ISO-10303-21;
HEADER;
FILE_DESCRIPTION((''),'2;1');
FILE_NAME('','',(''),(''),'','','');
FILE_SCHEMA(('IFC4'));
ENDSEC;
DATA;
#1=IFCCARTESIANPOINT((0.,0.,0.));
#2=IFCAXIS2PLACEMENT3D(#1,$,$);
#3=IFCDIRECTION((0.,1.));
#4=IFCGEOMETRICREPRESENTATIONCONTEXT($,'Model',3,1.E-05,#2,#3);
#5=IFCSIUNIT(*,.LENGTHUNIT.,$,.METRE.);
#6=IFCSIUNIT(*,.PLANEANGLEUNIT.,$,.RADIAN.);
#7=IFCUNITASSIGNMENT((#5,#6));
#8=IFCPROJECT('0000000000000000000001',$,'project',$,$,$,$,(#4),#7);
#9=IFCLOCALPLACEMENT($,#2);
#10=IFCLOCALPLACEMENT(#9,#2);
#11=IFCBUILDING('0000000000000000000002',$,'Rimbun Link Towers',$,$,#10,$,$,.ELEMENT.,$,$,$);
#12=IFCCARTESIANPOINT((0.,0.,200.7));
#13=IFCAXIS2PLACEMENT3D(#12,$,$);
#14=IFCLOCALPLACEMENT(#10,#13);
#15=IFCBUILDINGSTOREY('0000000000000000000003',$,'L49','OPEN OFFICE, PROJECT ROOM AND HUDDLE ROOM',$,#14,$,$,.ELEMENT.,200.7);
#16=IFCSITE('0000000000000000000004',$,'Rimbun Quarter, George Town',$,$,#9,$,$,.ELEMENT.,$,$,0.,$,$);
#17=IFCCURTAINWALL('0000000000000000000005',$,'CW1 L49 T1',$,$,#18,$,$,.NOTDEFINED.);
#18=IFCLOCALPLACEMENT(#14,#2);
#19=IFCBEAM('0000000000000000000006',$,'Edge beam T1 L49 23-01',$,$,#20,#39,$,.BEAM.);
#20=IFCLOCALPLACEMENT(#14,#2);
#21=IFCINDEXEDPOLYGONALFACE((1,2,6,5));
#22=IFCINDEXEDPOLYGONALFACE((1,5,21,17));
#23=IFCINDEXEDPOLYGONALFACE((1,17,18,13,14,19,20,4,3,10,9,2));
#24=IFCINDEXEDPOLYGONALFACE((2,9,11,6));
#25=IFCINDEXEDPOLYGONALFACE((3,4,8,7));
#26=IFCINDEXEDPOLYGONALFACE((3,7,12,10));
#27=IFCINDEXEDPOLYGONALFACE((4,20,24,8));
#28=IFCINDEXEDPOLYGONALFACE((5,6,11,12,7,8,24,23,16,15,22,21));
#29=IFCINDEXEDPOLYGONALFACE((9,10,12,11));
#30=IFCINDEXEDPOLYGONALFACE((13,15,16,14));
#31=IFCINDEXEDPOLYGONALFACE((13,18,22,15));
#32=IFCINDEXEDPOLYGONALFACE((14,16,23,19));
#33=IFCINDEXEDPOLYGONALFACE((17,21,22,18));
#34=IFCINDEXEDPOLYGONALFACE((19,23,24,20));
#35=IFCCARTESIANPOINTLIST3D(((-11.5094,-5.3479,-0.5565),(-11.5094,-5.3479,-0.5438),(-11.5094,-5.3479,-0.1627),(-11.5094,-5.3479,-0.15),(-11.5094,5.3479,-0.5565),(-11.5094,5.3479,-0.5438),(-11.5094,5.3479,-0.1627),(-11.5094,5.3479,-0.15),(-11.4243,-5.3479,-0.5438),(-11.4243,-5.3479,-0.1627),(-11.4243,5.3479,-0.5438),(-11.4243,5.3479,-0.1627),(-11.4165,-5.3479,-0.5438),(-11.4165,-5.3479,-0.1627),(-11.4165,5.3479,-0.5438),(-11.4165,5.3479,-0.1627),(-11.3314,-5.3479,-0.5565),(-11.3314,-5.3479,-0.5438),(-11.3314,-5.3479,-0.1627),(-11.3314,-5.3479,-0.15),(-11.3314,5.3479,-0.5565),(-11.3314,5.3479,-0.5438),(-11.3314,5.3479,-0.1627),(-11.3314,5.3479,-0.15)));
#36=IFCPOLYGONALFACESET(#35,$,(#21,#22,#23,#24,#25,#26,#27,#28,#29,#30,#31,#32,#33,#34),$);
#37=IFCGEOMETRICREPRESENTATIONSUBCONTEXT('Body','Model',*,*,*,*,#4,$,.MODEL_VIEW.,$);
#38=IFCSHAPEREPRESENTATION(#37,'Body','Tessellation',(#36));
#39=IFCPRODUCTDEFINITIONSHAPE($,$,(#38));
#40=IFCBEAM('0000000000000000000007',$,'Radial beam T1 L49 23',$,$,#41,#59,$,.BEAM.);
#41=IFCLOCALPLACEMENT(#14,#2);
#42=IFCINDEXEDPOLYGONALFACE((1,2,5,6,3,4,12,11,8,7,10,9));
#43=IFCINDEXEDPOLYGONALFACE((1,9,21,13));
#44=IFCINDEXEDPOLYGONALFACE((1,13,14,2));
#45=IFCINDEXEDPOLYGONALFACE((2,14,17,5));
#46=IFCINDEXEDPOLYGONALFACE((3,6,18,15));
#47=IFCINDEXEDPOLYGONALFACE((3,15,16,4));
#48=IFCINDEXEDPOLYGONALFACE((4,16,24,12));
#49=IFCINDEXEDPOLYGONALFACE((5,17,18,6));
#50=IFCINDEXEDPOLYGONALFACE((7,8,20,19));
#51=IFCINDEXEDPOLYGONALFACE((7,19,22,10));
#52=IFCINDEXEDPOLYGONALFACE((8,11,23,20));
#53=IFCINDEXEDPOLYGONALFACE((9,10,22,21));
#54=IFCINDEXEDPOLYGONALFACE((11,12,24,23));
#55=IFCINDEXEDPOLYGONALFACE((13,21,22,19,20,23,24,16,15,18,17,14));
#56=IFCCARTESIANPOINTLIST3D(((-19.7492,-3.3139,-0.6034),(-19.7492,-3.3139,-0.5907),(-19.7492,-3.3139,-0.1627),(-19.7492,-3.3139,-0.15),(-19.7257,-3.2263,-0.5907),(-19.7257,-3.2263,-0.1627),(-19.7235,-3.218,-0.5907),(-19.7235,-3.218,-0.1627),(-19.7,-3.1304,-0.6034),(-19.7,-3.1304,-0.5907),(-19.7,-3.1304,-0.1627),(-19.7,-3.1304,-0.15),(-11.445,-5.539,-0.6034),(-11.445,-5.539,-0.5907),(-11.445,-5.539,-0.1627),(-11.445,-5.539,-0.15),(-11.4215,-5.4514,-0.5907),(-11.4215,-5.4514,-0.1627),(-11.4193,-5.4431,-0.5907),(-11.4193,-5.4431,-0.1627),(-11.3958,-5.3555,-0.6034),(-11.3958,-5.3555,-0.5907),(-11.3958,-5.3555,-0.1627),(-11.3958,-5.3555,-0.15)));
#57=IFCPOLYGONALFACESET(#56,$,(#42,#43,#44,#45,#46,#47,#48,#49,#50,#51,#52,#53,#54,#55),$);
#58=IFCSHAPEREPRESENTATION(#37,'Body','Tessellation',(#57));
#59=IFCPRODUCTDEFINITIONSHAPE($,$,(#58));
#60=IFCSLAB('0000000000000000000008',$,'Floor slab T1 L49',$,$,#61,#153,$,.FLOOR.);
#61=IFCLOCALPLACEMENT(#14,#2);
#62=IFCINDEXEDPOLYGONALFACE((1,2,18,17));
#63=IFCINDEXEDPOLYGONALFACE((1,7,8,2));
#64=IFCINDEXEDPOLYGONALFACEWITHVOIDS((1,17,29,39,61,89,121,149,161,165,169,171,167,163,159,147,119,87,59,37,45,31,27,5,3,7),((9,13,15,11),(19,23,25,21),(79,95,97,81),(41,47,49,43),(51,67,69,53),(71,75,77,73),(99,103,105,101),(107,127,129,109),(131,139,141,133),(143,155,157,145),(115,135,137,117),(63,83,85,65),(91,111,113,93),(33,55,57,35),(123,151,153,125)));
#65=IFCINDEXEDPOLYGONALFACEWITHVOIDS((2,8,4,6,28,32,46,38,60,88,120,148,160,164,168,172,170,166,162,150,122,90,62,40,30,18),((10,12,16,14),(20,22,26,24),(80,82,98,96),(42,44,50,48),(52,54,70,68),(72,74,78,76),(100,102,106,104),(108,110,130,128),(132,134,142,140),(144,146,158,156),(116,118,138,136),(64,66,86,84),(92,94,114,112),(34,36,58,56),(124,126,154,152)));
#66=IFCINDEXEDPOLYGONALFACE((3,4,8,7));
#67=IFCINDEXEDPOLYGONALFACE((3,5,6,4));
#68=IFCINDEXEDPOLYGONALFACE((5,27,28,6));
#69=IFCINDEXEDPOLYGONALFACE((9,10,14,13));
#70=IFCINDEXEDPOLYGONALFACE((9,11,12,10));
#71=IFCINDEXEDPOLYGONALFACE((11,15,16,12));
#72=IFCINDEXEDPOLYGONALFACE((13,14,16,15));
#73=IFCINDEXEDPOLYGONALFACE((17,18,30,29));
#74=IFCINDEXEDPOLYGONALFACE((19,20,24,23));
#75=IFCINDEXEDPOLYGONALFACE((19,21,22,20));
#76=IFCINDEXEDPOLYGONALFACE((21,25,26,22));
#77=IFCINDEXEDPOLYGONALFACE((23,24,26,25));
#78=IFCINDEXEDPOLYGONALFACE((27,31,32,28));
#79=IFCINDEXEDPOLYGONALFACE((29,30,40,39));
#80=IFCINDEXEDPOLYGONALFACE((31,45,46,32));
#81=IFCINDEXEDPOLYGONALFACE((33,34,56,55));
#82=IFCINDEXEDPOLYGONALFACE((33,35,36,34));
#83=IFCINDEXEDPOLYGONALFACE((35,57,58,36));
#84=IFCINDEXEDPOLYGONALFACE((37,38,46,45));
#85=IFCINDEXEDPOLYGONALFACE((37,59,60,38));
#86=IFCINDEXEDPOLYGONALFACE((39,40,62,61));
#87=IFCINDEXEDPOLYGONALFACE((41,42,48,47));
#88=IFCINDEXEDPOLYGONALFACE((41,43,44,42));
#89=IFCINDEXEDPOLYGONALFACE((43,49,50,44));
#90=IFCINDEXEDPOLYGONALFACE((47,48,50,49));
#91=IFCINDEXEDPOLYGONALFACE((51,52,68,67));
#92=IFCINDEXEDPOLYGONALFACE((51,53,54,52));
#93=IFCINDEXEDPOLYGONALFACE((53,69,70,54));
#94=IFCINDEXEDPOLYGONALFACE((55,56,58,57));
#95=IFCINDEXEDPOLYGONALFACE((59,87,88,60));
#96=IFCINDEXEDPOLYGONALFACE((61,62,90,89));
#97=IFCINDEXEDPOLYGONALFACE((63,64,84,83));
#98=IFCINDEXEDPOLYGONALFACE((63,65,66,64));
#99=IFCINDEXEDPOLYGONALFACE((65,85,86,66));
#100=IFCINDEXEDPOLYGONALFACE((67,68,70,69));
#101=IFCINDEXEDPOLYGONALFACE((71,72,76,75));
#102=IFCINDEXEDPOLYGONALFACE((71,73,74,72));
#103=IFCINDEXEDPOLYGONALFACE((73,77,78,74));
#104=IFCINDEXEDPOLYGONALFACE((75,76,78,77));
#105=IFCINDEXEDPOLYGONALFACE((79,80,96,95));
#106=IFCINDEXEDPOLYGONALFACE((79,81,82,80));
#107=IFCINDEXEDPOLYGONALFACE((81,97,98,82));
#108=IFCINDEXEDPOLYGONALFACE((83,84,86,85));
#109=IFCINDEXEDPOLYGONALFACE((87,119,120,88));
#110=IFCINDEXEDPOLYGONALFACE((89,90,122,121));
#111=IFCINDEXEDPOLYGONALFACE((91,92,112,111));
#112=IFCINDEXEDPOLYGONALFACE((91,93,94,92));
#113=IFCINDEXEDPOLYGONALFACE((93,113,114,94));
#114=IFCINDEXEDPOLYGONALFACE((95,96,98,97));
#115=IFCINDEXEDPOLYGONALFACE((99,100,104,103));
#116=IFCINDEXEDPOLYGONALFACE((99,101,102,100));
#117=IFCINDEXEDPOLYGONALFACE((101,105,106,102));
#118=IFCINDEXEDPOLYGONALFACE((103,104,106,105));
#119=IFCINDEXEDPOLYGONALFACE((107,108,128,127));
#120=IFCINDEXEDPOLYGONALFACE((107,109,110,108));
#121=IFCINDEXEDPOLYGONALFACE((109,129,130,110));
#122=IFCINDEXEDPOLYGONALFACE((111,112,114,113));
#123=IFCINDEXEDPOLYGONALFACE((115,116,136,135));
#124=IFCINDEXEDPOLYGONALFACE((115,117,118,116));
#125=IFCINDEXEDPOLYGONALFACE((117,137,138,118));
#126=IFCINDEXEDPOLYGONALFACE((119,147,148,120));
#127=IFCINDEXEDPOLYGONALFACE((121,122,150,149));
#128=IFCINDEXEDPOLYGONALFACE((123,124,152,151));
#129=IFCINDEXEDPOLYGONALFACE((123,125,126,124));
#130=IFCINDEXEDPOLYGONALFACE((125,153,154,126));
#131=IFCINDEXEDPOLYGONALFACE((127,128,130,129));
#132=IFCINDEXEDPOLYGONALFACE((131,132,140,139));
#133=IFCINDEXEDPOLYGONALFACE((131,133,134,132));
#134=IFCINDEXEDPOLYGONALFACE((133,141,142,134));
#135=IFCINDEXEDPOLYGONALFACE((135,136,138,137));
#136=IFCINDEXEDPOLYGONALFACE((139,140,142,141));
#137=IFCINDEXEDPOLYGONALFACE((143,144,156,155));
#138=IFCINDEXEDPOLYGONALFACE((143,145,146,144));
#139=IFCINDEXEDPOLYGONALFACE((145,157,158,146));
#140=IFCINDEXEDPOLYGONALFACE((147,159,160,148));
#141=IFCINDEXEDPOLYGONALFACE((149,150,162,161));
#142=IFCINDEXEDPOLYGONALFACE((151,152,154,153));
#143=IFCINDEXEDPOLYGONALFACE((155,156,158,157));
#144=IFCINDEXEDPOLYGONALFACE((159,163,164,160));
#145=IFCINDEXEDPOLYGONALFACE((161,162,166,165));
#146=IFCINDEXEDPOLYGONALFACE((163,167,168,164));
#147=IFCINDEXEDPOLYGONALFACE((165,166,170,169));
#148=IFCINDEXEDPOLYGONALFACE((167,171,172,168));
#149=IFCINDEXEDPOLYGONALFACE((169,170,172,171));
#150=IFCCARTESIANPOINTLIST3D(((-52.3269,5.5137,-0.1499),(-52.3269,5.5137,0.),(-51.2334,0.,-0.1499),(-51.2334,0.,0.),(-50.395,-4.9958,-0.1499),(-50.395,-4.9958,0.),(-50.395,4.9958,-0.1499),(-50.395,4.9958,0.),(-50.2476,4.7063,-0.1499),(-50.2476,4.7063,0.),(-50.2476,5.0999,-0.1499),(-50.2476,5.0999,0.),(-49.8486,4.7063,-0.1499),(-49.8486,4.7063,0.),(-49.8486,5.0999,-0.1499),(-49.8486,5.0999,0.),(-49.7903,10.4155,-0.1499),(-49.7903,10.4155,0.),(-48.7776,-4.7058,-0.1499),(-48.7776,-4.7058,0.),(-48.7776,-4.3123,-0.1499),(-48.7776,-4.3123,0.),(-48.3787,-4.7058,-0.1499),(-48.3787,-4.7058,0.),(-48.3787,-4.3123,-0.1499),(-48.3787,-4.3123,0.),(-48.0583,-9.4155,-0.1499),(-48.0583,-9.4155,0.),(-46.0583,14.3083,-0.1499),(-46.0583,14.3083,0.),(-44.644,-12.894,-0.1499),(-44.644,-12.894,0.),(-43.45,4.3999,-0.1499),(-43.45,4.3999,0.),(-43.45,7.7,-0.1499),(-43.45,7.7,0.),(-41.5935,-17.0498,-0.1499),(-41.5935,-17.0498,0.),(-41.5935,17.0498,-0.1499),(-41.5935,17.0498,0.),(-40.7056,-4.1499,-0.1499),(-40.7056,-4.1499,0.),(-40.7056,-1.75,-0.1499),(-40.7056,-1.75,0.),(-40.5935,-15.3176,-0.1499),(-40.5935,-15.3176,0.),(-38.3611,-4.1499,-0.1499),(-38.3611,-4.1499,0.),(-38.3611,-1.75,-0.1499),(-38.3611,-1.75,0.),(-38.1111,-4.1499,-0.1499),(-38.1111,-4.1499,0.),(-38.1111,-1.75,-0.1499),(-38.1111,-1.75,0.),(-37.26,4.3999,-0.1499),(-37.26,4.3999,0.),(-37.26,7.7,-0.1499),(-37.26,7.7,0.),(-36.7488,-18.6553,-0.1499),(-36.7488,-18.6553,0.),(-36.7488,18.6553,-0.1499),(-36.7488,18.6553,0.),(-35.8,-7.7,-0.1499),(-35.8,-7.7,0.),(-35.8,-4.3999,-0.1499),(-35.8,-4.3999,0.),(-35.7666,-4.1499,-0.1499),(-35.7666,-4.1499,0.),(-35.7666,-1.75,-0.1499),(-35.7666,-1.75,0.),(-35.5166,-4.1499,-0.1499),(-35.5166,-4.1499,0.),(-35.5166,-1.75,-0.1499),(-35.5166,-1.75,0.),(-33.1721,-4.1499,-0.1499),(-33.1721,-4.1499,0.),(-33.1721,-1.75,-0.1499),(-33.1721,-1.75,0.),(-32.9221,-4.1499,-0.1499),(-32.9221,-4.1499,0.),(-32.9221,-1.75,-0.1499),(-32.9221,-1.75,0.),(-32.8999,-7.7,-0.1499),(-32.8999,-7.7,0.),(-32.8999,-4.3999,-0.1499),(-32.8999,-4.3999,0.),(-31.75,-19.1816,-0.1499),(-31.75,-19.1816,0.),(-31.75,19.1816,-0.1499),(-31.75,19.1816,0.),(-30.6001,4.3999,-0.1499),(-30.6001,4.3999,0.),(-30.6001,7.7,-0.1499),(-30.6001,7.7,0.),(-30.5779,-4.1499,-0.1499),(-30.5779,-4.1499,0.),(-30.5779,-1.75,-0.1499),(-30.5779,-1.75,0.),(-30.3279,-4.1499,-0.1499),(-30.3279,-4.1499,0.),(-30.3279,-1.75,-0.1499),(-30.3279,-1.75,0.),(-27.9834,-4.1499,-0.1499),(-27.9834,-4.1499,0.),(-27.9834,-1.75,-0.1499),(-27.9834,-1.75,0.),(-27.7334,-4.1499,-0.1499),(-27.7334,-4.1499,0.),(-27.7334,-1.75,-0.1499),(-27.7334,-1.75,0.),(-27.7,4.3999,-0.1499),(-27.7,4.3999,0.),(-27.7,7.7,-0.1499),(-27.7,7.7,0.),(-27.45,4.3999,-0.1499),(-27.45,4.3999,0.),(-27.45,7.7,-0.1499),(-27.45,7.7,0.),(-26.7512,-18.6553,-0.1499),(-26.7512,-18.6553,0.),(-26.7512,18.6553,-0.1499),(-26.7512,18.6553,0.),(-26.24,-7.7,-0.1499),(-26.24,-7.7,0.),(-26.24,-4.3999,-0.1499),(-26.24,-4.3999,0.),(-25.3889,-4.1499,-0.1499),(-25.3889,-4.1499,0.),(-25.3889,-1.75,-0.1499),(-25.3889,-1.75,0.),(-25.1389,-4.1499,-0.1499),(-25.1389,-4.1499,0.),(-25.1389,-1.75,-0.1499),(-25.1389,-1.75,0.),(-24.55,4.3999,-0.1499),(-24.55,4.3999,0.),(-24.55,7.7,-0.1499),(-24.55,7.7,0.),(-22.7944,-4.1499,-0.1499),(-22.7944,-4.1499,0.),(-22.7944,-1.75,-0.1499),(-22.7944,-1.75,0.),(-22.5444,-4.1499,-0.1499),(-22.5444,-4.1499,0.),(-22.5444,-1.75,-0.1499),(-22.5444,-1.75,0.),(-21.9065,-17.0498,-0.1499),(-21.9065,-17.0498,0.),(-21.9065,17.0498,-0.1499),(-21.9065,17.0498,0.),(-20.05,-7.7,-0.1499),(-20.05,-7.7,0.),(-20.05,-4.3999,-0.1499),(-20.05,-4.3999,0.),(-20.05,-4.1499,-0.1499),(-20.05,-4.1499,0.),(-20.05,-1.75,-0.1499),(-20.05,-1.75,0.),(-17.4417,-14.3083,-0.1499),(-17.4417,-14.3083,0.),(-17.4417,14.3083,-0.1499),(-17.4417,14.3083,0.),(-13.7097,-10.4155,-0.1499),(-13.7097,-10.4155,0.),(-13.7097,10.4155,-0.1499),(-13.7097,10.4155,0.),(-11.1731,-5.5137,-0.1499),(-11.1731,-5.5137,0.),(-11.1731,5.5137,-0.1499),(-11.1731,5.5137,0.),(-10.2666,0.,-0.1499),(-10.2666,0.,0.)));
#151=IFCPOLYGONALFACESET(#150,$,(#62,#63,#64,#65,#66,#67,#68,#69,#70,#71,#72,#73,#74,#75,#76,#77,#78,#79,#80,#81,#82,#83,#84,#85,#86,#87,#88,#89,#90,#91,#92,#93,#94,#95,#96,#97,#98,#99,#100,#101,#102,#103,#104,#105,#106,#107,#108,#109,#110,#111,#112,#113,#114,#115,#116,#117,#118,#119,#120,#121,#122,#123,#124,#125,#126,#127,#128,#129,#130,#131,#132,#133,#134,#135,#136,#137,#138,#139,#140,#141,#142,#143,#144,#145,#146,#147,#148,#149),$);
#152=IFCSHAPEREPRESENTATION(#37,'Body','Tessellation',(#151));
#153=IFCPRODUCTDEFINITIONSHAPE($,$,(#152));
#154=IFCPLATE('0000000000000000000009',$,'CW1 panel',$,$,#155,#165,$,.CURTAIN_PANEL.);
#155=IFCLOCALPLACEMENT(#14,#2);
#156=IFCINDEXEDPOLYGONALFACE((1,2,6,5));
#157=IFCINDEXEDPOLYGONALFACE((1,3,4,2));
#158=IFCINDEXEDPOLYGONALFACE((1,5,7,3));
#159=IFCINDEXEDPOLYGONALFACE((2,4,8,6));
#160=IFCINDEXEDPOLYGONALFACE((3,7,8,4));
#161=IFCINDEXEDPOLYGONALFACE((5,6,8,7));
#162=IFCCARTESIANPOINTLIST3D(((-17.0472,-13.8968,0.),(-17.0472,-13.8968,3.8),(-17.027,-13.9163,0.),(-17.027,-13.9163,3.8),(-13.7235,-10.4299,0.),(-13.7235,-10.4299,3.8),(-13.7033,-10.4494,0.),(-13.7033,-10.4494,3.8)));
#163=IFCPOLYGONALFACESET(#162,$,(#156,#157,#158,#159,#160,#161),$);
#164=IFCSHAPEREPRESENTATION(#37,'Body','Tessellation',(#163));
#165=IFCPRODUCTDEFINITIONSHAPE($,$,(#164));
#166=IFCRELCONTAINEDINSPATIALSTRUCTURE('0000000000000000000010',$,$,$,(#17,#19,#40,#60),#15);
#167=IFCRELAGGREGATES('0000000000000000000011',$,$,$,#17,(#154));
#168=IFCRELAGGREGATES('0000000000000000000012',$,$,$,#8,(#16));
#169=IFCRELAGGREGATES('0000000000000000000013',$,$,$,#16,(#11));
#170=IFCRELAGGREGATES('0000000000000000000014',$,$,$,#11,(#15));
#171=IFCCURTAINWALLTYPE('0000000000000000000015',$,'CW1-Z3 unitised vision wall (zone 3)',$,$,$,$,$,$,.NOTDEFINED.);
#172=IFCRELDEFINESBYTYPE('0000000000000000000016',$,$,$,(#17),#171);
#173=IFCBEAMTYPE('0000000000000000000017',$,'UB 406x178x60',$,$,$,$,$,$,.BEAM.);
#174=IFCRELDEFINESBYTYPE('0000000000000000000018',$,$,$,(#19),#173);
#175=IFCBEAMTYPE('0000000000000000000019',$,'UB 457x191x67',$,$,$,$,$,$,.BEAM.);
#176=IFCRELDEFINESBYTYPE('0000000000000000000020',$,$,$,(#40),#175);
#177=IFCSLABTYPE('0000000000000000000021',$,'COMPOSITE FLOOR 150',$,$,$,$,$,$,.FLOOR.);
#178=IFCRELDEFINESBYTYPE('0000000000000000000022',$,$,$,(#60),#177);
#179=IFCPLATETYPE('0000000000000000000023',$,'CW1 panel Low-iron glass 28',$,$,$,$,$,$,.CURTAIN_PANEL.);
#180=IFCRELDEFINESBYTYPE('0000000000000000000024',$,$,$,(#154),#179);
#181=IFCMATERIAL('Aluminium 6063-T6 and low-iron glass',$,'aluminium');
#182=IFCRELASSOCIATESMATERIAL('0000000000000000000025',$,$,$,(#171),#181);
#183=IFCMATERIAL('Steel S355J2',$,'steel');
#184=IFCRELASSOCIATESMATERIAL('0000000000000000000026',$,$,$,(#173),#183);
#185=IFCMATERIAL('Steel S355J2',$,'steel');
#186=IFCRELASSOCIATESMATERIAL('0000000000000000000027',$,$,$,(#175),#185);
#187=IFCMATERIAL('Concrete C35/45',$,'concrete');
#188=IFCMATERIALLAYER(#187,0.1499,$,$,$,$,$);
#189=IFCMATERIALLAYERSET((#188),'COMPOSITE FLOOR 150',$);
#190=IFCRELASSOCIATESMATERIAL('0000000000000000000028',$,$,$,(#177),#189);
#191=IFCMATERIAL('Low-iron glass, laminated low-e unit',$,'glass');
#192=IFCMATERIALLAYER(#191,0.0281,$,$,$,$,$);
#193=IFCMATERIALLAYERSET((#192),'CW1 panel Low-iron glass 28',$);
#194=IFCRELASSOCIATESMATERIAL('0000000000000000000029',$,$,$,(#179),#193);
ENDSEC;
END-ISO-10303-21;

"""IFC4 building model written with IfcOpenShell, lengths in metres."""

from ifc_helpers import new_model, si_unit, direction, frame, origin, origin_2d, place, context, subcontext, project, spatial, polyline, rectangle, i_section, outline, extrude, material, layer, layer_set, material_profile, profile_set, type_object, element, aggregate, save


model = new_model("IFC4")

# Units and contexts
model_context = context("Model", 3, precision=1e-05, world=origin(), true_north=direction((0.0, 1.0)))
body_context = subcontext(model_context, "Body", "Model", "MODEL_VIEW")
ifc_project = project(units=[si_unit("LENGTHUNIT", "METRE"), si_unit("PLANEANGLEUNIT", "RADIAN")], contexts=[model_context])

# Site, building, storey
site_placement = place(None, origin())
site = spatial("IfcSite", under=ifc_project, at=site_placement, Name="Rimbun Quarter, George Town", CompositionType="ELEMENT", RefElevation=0.0)
building_placement = place(site_placement, origin())
building = spatial("IfcBuilding", under=site, at=building_placement, Name="Rimbun Link Towers", CompositionType="ELEMENT")
storey_placement = place(building_placement, frame((0.0, 0.0, 200.7)))
storey = spatial("IfcBuildingStorey", under=building, at=storey_placement, Name="L49", Description="OPEN OFFICE, PROJECT ROOM AND HUDDLE ROOM", CompositionType="ELEMENT", Elevation=200.7)

# Curtain wall
ifc_material_1 = material(Name="Aluminium 6063-T6 and low-iron glass", Category="aluminium")
curtain_wall_type = type_object("IfcCurtainWallType", Name="CW1-Z3 unitised vision wall (zone 3)", PredefinedType="NOTDEFINED", material=ifc_material_1)
curtain_wall_placement = place(storey_placement, origin())
curtain_wall = element("IfcCurtainWall", 1, at=curtain_wall_placement, inside=storey, type_object=curtain_wall_type, Name="CW1 L49 T1", PredefinedType="NOTDEFINED")

# Beams
ifc_material_2 = material(Name="Steel S355J2", Category="steel")
ifc_material_profile_1 = material_profile(ifc_material_2, i_section(OverallWidth=0.178, OverallDepth=0.4065, WebThickness=0.0078, FlangeThickness=0.0127, at=origin_2d()), Name="UB 406x178x60")
ifc_profile_set_1 = profile_set([ifc_material_profile_1], Name="Steel S355J2")
beam_type_1 = type_object("IfcBeamType", Name="UB 406x178x60", PredefinedType="BEAM", material=ifc_profile_set_1)
beam_1_placement = place(storey_placement, frame((-11.4204, -5.3479, -0.3533), z_axis=(0.0, 1.0, 0.0), x_axis=(-1.0, 0.0, 0.0)))
element("IfcBeam", 2, at=beam_1_placement, inside=storey, type_object=beam_type_1, Name="Edge beam T1 L49 23-01", PredefinedType="BEAM", context=body_context, shape_type="SweptSolid", body=[
    extrude(i_section(OverallWidth=0.178, OverallDepth=0.4065, WebThickness=0.0078, FlangeThickness=0.0127, at=origin_2d()), origin(), (0.0, 0.0, 1.0), 10.6958),
])
ifc_material_3 = material(Name="Steel S355J2", Category="steel")
ifc_material_profile_2 = material_profile(ifc_material_3, i_section(OverallWidth=0.1899, OverallDepth=0.4534, WebThickness=0.0085, FlangeThickness=0.0127, at=origin_2d()), Name="UB 457x191x67")
ifc_profile_set_2 = profile_set([ifc_material_profile_2], Name="Steel S355J2")
beam_type_2 = type_object("IfcBeamType", Name="UB 457x191x67", PredefinedType="BEAM", material=ifc_profile_set_2)
beam_2_placement = place(storey_placement, frame((-19.7246, -3.2222, -0.3767), z_axis=(0.965926, -0.258818, 0.0), x_axis=(0.258818, 0.965926, 0.0)))
element("IfcBeam", 3, at=beam_2_placement, inside=storey, type_object=beam_type_2, Name="Radial beam T1 L49 23", PredefinedType="BEAM", context=body_context, shape_type="SweptSolid", body=[
    extrude(i_section(OverallWidth=0.1899, OverallDepth=0.4534, WebThickness=0.0085, FlangeThickness=0.0127, at=origin_2d()), origin(), (0.0, 0.0, 1.0), 8.5972),
])

# Slab
ifc_material_4 = material(Name="Concrete C35/45", Category="concrete")
ifc_layer_1 = layer(ifc_material_4, 0.1499)
ifc_layer_set_1 = layer_set([ifc_layer_1], Name="COMPOSITE FLOOR 150")
slab_type = type_object("IfcSlabType", Name="COMPOSITE FLOOR 150", PredefinedType="FLOOR", material=ifc_layer_set_1)
slab_placement = place(storey_placement, frame((0.0, 0.0, -0.1499)))
element("IfcSlab", 4, at=slab_placement, inside=storey, type_object=slab_type, Name="Floor slab T1 L49", PredefinedType="FLOOR", context=body_context, shape_type="SweptSolid", body=[
    extrude(outline(polyline([(-49.7903, 10.4155), (-46.0583, 14.3083), (-41.5935, 17.0498), (-36.7488, 18.6553), (-31.75, 19.1816), (-26.7512, 18.6553), (-21.9065, 17.0498), (-17.4417, 14.3083), (-13.7097, 10.4155), (-11.1731, 5.5137), (-10.2666, 0.0), (-11.1731, -5.5137), (-13.7097, -10.4155), (-17.4417, -14.3083), (-21.9065, -17.0498), (-26.7512, -18.6553), (-31.75, -19.1816), (-36.7488, -18.6553), (-41.5935, -17.0498), (-40.5935, -15.3176), (-44.644, -12.894), (-48.0583, -9.4155), (-50.395, -4.9958), (-51.2334, 0.0), (-50.395, 4.9958), (-52.3269, 5.5137), (-49.7903, 10.4155)]), holes=[polyline([(-32.8999, -4.3999), (-35.8, -4.3999), (-35.8, -7.7), (-32.8999, -7.7), (-32.8999, -4.3999)]), polyline([(-48.3787, -4.7058), (-48.3787, -4.3123), (-48.7776, -4.3123), (-48.7776, -4.7058), (-48.3787, -4.7058)]), polyline([(-38.3611, -4.1499), (-38.3611, -1.75), (-40.7056, -1.75), (-40.7056, -4.1499), (-38.3611, -4.1499)]), polyline([(-35.7666, -4.1499), (-35.7666, -1.75), (-38.1111, -1.75), (-38.1111, -4.1499), (-35.7666, -4.1499)]), polyline([(-33.1721, -4.1499), (-33.1721, -1.75), (-35.5166, -1.75), (-35.5166, -4.1499), (-33.1721, -4.1499)]), polyline([(-30.5779, -4.1499), (-30.5779, -1.75), (-32.9221, -1.75), (-32.9221, -4.1499), (-30.5779, -4.1499)]), polyline([(-49.8486, 4.7063), (-49.8486, 5.0999), (-50.2476, 5.0999), (-50.2476, 4.7063), (-49.8486, 4.7063)]), polyline([(-37.26, 4.3999), (-37.26, 7.7), (-43.45, 7.7), (-43.45, 4.3999), (-37.26, 4.3999)]), polyline([(-20.05, -7.7), (-20.05, -4.3999), (-26.24, -4.3999), (-26.24, -7.7), (-20.05, -7.7)]), polyline([(-27.9834, -4.1499), (-27.9834, -1.75), (-30.3279, -1.75), (-30.3279, -4.1499), (-27.9834, -4.1499)]), polyline([(-25.3889, -4.1499), (-25.3889, -1.75), (-27.7334, -1.75), (-27.7334, -4.1499), (-25.3889, -4.1499)]), polyline([(-22.7944, -4.1499), (-22.7944, -1.75), (-25.1389, -1.75), (-25.1389, -4.1499), (-22.7944, -4.1499)]), polyline([(-20.05, -4.1499), (-20.05, -1.75), (-22.5444, -1.75), (-22.5444, -4.1499), (-20.05, -4.1499)]), polyline([(-27.7, 4.3999), (-27.7, 7.7), (-30.6001, 7.7), (-30.6001, 4.3999), (-27.7, 4.3999)]), polyline([(-24.55, 4.3999), (-24.55, 7.7), (-27.45, 7.7), (-27.45, 4.3999), (-24.55, 4.3999)])]), origin(), (0.0, 0.0, 1.0), 0.1499),
])

# Plate
ifc_material_5 = material(Name="Low-iron glass, laminated low-e unit", Category="glass")
ifc_layer_2 = layer(ifc_material_5, 0.0281)
ifc_layer_set_2 = layer_set([ifc_layer_2], Name="CW1 panel Low-iron glass 28")
plate_type = type_object("IfcPlateType", Name="CW1 panel Low-iron glass 28", PredefinedType="CURTAIN_PANEL", material=ifc_layer_set_2)
plate_1_placement = place(storey_placement, frame((-15.3752, -12.1731, 0.0), z_axis=(0.0, 0.0, 1.0), x_axis=(-0.692041, -0.721859, 0.0)))
plate_1 = element("IfcPlate", 5, at=plate_1_placement, type_object=plate_type, Name="CW1 panel", PredefinedType="CURTAIN_PANEL", context=body_context, shape_type="SweptSolid", body=[
    extrude(rectangle(XDim=4.8027, YDim=0.0281, at=origin_2d()), origin(), (0.0, 0.0, 1.0), 3.8),
])
aggregate(curtain_wall, [plate_1])

save(model, "model.ifc")
